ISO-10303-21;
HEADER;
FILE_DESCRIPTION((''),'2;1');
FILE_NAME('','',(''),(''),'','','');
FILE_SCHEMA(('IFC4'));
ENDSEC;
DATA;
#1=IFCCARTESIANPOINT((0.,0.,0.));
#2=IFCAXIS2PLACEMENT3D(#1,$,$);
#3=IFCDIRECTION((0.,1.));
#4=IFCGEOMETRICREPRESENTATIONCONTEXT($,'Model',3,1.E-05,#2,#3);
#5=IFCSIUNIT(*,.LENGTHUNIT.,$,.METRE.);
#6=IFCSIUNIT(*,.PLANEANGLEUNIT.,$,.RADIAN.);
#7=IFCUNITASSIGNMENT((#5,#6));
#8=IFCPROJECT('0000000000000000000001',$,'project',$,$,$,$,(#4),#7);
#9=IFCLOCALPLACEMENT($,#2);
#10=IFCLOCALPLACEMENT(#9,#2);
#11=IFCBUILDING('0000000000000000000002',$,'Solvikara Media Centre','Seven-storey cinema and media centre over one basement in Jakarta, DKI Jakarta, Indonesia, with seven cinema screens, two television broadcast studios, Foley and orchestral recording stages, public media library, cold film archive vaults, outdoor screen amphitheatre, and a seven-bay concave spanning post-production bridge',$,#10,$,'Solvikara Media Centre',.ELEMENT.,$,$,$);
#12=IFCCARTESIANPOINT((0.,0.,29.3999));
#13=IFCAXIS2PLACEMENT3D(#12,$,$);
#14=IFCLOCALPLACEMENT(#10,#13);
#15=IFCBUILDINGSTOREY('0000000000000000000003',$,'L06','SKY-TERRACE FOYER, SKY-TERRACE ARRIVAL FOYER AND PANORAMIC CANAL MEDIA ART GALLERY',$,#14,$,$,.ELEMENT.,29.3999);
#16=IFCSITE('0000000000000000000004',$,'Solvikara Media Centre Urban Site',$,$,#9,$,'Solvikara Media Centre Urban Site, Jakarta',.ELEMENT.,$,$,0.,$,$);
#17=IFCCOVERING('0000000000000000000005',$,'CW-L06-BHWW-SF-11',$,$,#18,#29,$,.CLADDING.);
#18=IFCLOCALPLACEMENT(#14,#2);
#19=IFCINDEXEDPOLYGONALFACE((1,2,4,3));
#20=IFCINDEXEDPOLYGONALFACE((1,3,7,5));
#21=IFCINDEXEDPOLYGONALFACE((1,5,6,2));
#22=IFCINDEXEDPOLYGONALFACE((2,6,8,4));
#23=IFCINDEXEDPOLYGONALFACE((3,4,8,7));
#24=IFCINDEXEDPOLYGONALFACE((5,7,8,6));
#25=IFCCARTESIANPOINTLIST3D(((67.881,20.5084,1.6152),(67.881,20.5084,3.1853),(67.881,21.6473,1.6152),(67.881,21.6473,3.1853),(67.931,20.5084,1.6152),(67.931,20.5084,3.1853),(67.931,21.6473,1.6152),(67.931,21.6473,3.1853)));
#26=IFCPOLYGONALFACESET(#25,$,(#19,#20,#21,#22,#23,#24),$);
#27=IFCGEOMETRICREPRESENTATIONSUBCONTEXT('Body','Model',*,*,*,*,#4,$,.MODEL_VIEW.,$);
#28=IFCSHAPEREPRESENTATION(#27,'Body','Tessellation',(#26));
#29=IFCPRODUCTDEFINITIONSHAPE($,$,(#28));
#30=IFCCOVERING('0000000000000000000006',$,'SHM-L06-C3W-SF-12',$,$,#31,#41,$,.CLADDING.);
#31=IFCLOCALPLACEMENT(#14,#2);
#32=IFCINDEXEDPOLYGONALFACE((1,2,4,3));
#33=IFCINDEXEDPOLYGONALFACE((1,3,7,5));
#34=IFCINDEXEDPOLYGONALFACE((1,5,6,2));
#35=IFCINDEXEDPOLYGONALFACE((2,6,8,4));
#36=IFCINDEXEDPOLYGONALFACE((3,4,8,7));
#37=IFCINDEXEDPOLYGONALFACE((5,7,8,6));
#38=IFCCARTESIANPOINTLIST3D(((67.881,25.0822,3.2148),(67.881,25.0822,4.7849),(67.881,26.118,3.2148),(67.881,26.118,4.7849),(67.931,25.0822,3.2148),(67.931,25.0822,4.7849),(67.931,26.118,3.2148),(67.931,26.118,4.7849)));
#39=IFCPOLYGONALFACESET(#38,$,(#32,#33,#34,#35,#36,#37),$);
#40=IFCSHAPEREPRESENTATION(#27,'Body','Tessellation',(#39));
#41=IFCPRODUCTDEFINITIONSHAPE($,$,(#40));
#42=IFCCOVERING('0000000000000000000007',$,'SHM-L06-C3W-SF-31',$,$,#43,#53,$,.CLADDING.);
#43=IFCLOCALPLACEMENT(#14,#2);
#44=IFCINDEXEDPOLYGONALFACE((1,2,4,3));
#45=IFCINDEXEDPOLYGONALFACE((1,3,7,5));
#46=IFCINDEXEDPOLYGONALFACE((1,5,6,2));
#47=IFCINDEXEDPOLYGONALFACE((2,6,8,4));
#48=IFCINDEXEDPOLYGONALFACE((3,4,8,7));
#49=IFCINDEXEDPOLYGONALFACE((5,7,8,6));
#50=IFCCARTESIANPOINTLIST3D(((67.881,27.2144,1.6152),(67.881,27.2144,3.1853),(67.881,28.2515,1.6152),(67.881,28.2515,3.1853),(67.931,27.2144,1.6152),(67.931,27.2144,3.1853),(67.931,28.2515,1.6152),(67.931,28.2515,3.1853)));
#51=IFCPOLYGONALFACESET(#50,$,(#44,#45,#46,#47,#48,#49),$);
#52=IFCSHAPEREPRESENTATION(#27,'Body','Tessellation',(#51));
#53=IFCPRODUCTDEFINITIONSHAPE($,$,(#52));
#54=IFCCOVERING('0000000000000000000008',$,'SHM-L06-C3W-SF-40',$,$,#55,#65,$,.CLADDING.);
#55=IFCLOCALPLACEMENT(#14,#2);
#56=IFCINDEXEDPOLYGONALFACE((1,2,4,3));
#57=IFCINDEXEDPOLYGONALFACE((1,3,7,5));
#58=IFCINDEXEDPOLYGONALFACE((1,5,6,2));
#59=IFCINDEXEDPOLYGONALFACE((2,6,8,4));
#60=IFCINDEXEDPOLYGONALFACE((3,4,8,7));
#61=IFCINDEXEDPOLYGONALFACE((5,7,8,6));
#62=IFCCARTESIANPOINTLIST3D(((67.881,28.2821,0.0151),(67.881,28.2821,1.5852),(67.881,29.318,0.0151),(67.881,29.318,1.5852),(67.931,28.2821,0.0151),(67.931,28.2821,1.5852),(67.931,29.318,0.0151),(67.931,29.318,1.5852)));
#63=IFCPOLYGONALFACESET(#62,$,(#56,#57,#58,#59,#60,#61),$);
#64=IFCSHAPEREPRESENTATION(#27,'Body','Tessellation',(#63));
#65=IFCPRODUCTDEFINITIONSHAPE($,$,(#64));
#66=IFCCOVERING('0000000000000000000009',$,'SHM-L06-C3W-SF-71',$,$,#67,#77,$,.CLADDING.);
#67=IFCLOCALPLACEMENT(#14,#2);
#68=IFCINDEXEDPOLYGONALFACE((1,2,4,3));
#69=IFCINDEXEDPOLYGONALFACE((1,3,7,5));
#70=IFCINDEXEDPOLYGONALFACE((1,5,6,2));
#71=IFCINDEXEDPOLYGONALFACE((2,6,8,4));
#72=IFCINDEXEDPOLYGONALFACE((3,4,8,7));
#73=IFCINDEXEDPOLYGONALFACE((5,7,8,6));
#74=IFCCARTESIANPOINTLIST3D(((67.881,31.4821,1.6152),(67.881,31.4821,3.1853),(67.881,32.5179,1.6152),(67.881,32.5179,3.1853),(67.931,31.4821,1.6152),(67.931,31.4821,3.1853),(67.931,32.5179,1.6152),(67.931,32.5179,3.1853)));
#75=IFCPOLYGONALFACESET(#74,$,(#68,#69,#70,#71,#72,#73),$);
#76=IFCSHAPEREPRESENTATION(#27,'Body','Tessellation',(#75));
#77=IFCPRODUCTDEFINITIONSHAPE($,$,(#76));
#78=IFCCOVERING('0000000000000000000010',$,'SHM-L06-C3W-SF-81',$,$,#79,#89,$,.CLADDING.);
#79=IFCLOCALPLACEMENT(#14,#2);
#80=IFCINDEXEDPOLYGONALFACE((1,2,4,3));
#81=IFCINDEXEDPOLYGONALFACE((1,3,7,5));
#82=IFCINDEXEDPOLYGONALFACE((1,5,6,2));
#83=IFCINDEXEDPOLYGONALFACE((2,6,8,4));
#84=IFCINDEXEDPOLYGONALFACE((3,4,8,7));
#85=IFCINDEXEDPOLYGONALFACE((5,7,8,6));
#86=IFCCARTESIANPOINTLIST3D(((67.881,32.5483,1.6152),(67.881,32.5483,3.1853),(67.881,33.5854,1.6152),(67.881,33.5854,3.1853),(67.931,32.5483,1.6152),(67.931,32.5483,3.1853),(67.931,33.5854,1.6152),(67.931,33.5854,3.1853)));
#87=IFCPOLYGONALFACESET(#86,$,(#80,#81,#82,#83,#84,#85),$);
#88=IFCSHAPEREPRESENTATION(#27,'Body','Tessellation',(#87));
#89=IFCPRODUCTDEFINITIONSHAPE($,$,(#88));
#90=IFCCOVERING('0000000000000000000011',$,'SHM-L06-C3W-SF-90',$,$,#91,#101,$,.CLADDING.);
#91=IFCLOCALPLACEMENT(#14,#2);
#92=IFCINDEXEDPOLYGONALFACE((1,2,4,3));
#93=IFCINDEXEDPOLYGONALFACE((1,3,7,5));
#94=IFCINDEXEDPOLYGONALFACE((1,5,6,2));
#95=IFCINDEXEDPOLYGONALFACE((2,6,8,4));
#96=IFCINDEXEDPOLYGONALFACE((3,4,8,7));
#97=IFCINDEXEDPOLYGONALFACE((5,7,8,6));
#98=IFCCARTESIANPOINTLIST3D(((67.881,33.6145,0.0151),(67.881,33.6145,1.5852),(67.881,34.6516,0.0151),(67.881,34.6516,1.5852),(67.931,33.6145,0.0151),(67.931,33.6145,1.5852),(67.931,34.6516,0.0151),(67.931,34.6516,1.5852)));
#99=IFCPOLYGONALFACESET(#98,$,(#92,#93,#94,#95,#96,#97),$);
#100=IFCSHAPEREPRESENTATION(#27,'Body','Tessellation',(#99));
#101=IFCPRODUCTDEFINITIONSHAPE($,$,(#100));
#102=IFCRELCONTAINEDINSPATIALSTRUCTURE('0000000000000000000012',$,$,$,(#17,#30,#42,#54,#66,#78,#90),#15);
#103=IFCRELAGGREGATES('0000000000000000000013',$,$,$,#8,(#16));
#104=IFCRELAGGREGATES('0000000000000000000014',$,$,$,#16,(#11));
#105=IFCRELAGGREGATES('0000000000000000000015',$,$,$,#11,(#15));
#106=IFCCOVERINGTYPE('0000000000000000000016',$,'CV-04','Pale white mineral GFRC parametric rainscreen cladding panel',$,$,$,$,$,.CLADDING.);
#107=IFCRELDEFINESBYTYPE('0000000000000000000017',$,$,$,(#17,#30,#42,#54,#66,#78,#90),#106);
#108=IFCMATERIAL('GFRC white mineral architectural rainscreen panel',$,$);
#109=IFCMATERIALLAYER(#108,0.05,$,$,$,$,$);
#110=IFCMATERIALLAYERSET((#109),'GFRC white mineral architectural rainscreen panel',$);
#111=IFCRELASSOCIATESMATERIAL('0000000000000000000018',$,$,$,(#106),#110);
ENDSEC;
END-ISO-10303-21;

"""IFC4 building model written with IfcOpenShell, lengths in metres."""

from ifc_helpers import new_model, si_unit, direction, frame, origin, origin_2d, place, context, subcontext, project, spatial, rectangle, extrude, material, layer, layer_set, type_object, element, save


model = new_model("IFC4")

# Units and contexts
model_context = context("Model", 3, precision=1e-05, world=origin(), true_north=direction((0.0, 1.0)))
body_context = subcontext(model_context, "Body", "Model", "MODEL_VIEW")
ifc_project = project(units=[si_unit("LENGTHUNIT", "METRE"), si_unit("PLANEANGLEUNIT", "RADIAN")], contexts=[model_context])

# Site, building, storey
site_placement = place(None, origin())
site = spatial("IfcSite", under=ifc_project, at=site_placement, Name="Solvikara Media Centre Urban Site", LongName="Solvikara Media Centre Urban Site, Jakarta", CompositionType="ELEMENT", RefElevation=0.0)
building_placement = place(site_placement, origin())
building = spatial("IfcBuilding", under=site, at=building_placement, Name="Solvikara Media Centre", Description="Seven-storey cinema and media centre over one basement in Jakarta, DKI Jakarta, Indonesia, with seven cinema screens, two television broadcast studios, Foley and orchestral recording stages, public media library, cold film archive vaults, outdoor screen amphitheatre, and a seven-bay concave spanning post-production bridge", LongName="Solvikara Media Centre", CompositionType="ELEMENT")
storey_placement = place(building_placement, frame((0.0, 0.0, 29.3999)))
storey = spatial("IfcBuildingStorey", under=building, at=storey_placement, Name="L06", Description="SKY-TERRACE FOYER, SKY-TERRACE ARRIVAL FOYER AND PANORAMIC CANAL MEDIA ART GALLERY", CompositionType="ELEMENT", Elevation=29.3999)

# Coverings
ifc_material_1 = material(Name="GFRC white mineral architectural rainscreen panel")
ifc_layer_1 = layer(ifc_material_1, 0.05)
ifc_layer_set_1 = layer_set([ifc_layer_1], Name="GFRC white mineral architectural rainscreen panel")
covering_type = type_object("IfcCoveringType", Name="CV-04", Description="Pale white mineral GFRC parametric rainscreen cladding panel", PredefinedType="CLADDING", material=ifc_layer_set_1)
covering_1_placement = place(storey_placement, frame((67.906, 21.0779, 1.6152), z_axis=(0.0, 0.0, 1.0), x_axis=(0.0, 1.0, 0.0)))
element("IfcCovering", 1, at=covering_1_placement, inside=storey, type_object=covering_type, Name="CW-L06-BHWW-SF-11", PredefinedType="CLADDING", context=body_context, shape_type="SweptSolid", body=[
    extrude(rectangle(XDim=1.1389, YDim=0.05, at=origin_2d()), origin(), (0.0, 0.0, 1.0), 1.5701),
])
covering_2_placement = place(storey_placement, frame((67.906, 25.6001, 3.2148), z_axis=(0.0, 0.0, 1.0), x_axis=(0.0, 1.0, 0.0)))
element("IfcCovering", 2, at=covering_2_placement, inside=storey, type_object=covering_type, Name="SHM-L06-C3W-SF-12", PredefinedType="CLADDING", context=body_context, shape_type="SweptSolid", body=[
    extrude(rectangle(XDim=1.0359, YDim=0.05, at=origin_2d()), origin(), (0.0, 0.0, 1.0), 1.5701),
])
covering_3_placement = place(storey_placement, frame((67.906, 27.7329, 1.6152), z_axis=(0.0, 0.0, 1.0), x_axis=(0.0, 1.0, 0.0)))
element("IfcCovering", 3, at=covering_3_placement, inside=storey, type_object=covering_type, Name="SHM-L06-C3W-SF-31", PredefinedType="CLADDING", context=body_context, shape_type="SweptSolid", body=[
    extrude(rectangle(XDim=1.0371, YDim=0.05, at=origin_2d()), origin(), (0.0, 0.0, 1.0), 1.5701),
])
for number, where, z_axis, x_axis, name in (
    (4, (67.906, 28.8, 0.0151), (0.0, 0.0, 1.0), (0.0, 1.0, 0.0), "SHM-L06-C3W-SF-40"),
    (5, (67.906, 32.0, 1.6152), (0.0, 0.0, 1.0), (0.0, 1.0, 0.0), "SHM-L06-C3W-SF-71"),
):
    element("IfcCovering", number, at=place(storey_placement, frame(where, z_axis=z_axis, x_axis=x_axis)), inside=storey, type_object=covering_type, Name=name, PredefinedType="CLADDING", context=body_context, shape_type="SweptSolid", body=[
        extrude(rectangle(XDim=1.0359, YDim=0.05, at=origin_2d()), origin(), (0.0, 0.0, 1.0), 1.5701),
    ])
for number, where, z_axis, x_axis, name in (
    (6, (67.906, 33.0669, 1.6152), (0.0, 0.0, 1.0), (0.0, 1.0, 0.0), "SHM-L06-C3W-SF-81"),
    (7, (67.906, 34.1331, 0.0151), (0.0, 0.0, 1.0), (0.0, 1.0, 0.0), "SHM-L06-C3W-SF-90"),
):
    element("IfcCovering", number, at=place(storey_placement, frame(where, z_axis=z_axis, x_axis=x_axis)), inside=storey, type_object=covering_type, Name=name, PredefinedType="CLADDING", context=body_context, shape_type="SweptSolid", body=[
        extrude(rectangle(XDim=1.0371, YDim=0.05, at=origin_2d()), origin(), (0.0, 0.0, 1.0), 1.5701),
    ])

save(model, "model.ifc")
